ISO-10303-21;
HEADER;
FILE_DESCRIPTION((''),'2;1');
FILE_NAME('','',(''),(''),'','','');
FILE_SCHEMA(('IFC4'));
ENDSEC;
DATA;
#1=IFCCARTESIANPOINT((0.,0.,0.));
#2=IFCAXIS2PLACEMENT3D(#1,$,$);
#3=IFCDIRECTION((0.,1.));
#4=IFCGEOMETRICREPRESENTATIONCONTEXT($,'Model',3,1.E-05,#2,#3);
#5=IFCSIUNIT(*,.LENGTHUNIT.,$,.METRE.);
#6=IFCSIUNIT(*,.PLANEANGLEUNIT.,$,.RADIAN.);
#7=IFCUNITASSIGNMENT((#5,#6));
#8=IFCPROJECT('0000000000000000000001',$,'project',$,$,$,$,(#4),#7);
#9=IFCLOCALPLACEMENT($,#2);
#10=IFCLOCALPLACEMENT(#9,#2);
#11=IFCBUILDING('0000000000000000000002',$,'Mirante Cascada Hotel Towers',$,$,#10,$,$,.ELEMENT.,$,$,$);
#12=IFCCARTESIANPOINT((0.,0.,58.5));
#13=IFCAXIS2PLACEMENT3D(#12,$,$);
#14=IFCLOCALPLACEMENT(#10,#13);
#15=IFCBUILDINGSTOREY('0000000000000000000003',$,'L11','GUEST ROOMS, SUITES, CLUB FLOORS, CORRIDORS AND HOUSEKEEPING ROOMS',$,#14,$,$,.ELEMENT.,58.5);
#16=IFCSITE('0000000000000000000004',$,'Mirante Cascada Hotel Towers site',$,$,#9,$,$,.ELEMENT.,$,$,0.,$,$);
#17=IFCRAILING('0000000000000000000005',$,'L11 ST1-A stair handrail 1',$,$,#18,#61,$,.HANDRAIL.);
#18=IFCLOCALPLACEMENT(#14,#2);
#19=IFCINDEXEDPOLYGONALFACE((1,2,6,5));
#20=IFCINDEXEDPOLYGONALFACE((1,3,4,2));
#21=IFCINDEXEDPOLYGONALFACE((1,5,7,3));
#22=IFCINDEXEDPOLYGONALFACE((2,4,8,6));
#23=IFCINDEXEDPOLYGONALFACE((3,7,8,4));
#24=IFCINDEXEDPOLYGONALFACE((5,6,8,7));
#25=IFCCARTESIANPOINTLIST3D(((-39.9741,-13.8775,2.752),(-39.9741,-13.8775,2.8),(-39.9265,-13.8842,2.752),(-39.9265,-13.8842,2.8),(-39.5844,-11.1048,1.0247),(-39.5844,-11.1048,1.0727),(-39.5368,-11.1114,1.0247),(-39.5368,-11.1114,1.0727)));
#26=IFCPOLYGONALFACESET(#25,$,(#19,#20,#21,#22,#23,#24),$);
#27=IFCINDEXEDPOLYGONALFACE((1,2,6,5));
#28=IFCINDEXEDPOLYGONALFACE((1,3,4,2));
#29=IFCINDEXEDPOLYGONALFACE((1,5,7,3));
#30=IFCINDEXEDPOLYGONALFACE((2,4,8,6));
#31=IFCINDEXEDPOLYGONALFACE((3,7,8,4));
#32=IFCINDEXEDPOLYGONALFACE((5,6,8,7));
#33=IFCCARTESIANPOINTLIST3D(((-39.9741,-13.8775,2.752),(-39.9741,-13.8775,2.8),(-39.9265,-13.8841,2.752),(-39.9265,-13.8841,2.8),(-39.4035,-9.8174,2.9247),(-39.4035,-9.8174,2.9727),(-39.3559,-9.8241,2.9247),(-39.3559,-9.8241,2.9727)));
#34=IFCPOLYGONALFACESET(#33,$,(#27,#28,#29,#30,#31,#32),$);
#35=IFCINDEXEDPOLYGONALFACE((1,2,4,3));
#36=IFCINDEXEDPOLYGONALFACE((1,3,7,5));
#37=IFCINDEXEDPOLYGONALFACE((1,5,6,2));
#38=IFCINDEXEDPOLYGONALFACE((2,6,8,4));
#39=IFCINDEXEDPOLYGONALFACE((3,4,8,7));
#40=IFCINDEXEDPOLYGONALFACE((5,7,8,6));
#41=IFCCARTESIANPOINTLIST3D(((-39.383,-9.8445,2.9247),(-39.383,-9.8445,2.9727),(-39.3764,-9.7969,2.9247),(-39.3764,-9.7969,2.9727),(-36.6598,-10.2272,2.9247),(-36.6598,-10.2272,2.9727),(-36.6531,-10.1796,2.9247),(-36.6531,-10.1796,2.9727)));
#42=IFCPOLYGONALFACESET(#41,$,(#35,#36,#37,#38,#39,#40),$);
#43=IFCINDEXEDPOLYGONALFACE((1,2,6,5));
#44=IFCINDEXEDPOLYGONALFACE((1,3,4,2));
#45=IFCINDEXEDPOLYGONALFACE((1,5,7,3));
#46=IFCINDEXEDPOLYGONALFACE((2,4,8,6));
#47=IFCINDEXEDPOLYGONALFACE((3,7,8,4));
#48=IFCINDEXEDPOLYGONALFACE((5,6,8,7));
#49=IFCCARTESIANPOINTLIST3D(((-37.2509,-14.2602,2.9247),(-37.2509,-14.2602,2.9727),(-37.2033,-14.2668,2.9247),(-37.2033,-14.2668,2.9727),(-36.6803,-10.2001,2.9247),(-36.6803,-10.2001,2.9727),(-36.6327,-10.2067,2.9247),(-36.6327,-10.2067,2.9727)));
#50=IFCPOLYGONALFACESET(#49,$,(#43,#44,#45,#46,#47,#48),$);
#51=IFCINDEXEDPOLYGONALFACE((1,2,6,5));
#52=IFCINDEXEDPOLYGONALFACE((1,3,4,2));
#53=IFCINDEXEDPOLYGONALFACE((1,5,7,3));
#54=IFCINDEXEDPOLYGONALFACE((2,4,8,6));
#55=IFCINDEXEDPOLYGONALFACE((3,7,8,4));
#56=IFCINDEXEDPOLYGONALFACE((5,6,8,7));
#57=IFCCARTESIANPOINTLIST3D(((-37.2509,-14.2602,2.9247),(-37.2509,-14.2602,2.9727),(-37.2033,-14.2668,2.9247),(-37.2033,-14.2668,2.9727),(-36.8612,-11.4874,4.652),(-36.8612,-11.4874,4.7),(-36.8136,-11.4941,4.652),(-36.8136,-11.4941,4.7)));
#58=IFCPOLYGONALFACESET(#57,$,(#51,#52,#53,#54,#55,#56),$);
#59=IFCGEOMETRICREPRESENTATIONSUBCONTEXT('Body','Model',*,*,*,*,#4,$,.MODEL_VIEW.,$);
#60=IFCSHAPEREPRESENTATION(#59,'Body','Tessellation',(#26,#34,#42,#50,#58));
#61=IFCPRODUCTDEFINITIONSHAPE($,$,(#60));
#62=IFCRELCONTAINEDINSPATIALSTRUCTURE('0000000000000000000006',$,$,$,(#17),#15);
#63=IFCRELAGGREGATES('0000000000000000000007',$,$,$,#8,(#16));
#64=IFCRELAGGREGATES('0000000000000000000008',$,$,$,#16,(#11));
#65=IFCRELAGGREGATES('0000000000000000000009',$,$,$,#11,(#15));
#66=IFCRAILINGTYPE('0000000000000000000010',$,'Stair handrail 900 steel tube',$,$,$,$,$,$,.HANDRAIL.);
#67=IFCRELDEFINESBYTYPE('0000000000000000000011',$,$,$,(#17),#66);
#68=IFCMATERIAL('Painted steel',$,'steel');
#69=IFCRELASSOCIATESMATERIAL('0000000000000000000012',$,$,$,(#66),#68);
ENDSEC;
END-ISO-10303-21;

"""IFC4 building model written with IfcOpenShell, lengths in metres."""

from ifc_helpers import new_model, si_unit, direction, frame, origin, origin_2d, place, context, subcontext, project, spatial, rectangle, extrude, material, type_object, element, save


model = new_model("IFC4")

# Units and contexts
model_context = context("Model", 3, precision=1e-05, world=origin(), true_north=direction((0.0, 1.0)))
body_context = subcontext(model_context, "Body", "Model", "MODEL_VIEW")
ifc_project = project(units=[si_unit("LENGTHUNIT", "METRE"), si_unit("PLANEANGLEUNIT", "RADIAN")], contexts=[model_context])

# Site, building, storey
site_placement = place(None, origin())
site = spatial("IfcSite", under=ifc_project, at=site_placement, Name="Mirante Cascada Hotel Towers site", CompositionType="ELEMENT", RefElevation=0.0)
building_placement = place(site_placement, origin())
building = spatial("IfcBuilding", under=site, at=building_placement, Name="Mirante Cascada Hotel Towers", CompositionType="ELEMENT")
storey_placement = place(building_placement, frame((0.0, 0.0, 58.5)))
storey = spatial("IfcBuildingStorey", under=building, at=storey_placement, Name="L11", Description="GUEST ROOMS, SUITES, CLUB FLOORS, CORRIDORS AND HOUSEKEEPING ROOMS", CompositionType="ELEMENT", Elevation=58.5)

# Railing
ifc_material_1 = material(Name="Painted steel", Category="steel")
railing_type_1 = type_object("IfcRailingType", Name="Stair handrail 900 steel tube", PredefinedType="HANDRAIL", material=ifc_material_1)
railing_1_placement = place(storey_placement, frame((-39.5606, -11.1081, 0.1727)))
element("IfcRailing", 1, at=railing_1_placement, inside=storey, type_object=railing_type_1, Name="L11 ST1-A stair handrail 1", PredefinedType="HANDRAIL", context=body_context, shape_type="SweptSolid", body=[
    extrude(rectangle(XDim=0.048, YDim=0.048, at=origin_2d()), frame((0.0, 0.0, 0.876), z_axis=(-0.139181, -0.990267, 0.0), x_axis=(0.990267, -0.139181, 0.0)), (0.0, 0.525035, 0.851081), 3.2899),
    extrude(rectangle(XDim=0.048, YDim=0.048, at=origin_2d()), frame((-0.3897, -2.7727, 2.6033), z_axis=(0.139171, 0.990268, 0.0), x_axis=(-0.990268, 0.139171, 0.0)), (0.0, 0.042085, 0.999114), 4.1036),
    extrude(rectangle(XDim=0.048, YDim=0.048, at=origin_2d()), frame((0.1809, 1.2874, 2.776), z_axis=(0.990269, -0.139166, 0.0), x_axis=(0.139166, 0.990269, 0.0)), (0.0, 0.0, 1.0), 2.75),
    extrude(rectangle(XDim=0.048, YDim=0.048, at=origin_2d()), frame((2.9041, 0.9047, 2.776), z_axis=(-0.139171, -0.990268, 0.0), x_axis=(0.990268, -0.139171, 0.0)), (0.0, 0.0, 1.0), 4.1),
    extrude(rectangle(XDim=0.048, YDim=0.048, at=origin_2d()), frame((2.3335, -3.1554, 2.776), z_axis=(0.139181, 0.990267, 0.0), x_axis=(-0.990267, 0.139181, 0.0)), (0.0, 0.525035, 0.851081), 3.2899),
])

save(model, "model.ifc")
